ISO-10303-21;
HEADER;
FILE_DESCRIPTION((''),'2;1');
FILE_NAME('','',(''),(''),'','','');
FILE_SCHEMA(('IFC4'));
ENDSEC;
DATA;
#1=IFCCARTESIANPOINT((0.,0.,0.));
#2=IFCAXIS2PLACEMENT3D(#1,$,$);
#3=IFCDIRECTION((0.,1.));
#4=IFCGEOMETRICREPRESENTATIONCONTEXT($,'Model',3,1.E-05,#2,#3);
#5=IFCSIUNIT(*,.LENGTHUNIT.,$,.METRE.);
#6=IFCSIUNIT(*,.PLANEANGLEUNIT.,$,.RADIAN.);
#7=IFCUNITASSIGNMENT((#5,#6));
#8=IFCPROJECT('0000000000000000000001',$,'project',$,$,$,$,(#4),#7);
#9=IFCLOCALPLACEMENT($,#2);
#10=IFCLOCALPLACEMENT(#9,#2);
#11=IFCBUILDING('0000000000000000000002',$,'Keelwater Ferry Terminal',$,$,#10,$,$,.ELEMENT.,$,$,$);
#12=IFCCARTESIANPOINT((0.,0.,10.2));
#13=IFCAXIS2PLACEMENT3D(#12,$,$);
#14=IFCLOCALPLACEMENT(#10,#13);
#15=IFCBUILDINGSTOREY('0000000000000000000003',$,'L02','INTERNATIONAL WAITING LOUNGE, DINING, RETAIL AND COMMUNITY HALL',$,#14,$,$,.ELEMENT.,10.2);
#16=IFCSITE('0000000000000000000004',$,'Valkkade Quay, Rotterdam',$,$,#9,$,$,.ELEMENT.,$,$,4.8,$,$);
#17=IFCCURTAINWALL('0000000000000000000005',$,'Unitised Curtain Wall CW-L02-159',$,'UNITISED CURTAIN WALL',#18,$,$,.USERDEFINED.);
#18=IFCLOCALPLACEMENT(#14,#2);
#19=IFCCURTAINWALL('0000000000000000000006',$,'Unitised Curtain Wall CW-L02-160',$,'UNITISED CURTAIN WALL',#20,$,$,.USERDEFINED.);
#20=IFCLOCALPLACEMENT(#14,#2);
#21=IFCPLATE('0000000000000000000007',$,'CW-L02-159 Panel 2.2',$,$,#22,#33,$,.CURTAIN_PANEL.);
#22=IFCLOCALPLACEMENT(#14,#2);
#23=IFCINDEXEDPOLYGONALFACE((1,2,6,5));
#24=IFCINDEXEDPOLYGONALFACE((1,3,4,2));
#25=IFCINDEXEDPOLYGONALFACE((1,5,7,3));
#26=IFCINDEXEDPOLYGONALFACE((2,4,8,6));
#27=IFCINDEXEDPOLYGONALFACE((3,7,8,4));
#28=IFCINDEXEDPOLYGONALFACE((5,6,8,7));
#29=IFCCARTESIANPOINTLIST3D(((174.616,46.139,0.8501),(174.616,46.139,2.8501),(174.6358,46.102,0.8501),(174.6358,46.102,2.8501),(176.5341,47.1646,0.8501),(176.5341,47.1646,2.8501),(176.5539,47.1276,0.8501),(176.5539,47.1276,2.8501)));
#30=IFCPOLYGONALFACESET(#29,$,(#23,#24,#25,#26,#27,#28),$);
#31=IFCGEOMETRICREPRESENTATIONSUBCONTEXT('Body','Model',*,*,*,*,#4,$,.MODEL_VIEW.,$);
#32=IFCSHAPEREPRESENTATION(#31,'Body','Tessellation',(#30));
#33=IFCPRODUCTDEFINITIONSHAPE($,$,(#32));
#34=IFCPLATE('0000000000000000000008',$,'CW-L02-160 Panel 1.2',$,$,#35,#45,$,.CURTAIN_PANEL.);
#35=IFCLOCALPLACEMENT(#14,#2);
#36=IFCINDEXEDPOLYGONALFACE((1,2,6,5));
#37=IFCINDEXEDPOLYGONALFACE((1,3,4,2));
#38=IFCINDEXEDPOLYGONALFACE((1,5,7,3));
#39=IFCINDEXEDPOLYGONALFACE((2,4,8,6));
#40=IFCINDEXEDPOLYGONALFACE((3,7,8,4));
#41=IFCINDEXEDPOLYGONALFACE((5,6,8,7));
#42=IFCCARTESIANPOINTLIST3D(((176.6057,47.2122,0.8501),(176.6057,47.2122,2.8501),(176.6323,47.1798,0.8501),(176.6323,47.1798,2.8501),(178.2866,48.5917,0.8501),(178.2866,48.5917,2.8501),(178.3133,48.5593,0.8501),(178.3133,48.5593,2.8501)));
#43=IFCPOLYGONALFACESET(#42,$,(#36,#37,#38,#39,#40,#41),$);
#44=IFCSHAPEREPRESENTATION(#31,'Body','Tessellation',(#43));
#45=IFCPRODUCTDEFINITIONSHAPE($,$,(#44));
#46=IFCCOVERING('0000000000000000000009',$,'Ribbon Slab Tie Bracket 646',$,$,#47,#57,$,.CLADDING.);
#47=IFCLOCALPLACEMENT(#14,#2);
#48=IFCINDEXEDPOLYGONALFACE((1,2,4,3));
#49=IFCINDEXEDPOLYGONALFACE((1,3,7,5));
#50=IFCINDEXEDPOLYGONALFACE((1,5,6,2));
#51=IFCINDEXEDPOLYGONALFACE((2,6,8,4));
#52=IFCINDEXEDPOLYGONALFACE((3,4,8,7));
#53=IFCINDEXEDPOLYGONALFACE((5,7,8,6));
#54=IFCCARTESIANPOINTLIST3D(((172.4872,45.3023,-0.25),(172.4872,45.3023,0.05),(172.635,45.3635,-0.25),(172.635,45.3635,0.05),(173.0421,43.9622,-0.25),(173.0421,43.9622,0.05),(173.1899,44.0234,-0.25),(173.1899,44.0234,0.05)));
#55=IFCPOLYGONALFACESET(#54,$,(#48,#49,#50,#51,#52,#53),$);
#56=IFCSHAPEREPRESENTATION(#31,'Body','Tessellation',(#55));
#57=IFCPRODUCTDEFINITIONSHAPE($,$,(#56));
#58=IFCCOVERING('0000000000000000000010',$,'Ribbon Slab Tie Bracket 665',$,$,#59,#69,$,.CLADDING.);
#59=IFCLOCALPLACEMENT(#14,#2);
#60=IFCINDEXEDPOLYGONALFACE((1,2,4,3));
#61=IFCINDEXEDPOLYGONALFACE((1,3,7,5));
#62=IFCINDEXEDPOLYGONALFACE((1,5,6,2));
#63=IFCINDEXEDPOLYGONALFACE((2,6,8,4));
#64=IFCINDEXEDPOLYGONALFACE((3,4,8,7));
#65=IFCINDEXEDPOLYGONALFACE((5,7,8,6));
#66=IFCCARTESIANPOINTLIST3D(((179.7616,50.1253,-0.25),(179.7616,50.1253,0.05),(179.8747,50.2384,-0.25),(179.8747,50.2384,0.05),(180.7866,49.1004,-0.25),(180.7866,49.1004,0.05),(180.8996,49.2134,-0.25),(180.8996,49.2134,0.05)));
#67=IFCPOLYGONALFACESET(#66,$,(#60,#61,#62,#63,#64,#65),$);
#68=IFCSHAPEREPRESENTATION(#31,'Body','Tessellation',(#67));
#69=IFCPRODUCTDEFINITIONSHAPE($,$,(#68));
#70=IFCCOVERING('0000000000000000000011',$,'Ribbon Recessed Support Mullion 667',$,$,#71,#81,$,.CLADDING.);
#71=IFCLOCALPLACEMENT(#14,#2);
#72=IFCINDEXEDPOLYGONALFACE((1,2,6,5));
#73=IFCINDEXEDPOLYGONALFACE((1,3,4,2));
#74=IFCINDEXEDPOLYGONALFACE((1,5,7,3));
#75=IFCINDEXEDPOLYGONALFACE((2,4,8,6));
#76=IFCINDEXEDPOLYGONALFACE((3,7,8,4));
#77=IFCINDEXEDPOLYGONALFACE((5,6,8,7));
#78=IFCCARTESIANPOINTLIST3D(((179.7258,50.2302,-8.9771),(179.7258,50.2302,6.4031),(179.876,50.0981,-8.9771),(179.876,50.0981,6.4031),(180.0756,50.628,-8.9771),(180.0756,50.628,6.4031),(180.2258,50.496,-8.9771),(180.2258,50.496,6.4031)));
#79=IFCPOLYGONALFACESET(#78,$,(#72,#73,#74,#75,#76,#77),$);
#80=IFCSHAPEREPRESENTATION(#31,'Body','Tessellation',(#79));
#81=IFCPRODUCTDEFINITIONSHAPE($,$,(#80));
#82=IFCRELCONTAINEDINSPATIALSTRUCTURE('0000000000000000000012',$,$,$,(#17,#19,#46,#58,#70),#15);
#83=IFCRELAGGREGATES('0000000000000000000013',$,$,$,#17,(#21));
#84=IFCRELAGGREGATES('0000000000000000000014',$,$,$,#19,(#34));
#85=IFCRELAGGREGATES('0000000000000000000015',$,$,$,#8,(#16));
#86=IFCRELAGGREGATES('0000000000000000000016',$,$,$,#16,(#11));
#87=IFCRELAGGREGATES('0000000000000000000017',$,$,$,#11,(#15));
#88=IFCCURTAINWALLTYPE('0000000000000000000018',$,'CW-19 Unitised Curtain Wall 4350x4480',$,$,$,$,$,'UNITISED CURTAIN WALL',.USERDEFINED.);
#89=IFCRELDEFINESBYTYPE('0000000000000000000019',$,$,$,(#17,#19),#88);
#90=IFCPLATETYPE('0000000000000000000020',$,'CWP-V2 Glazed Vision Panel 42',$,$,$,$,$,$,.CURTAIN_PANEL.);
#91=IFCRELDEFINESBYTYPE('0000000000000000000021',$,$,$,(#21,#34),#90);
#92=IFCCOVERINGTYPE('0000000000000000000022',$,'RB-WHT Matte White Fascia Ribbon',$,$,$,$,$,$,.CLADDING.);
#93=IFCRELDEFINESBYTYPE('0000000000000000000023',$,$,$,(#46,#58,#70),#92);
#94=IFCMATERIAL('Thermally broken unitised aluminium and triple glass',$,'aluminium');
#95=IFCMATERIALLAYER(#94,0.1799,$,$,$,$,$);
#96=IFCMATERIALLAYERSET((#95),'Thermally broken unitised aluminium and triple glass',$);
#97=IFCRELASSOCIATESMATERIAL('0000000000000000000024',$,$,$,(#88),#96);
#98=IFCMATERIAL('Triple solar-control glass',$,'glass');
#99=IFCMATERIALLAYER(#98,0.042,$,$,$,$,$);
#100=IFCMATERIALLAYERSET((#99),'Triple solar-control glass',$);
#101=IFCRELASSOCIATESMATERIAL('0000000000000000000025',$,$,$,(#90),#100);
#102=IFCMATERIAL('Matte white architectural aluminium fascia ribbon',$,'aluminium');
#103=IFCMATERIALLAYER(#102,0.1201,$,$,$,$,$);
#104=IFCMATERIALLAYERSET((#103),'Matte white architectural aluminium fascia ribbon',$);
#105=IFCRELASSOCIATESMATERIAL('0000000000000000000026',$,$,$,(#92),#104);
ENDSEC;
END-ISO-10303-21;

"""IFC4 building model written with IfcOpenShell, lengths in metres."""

from ifc_helpers import new_model, si_unit, direction, frame, frame_2d, origin, origin_2d, place, context, subcontext, project, spatial, polyline, rectangle, outline, extrude, material, layer, layer_set, type_object, element, aggregate, save


model = new_model("IFC4")

# Units and contexts
model_context = context("Model", 3, precision=1e-05, world=origin(), true_north=direction((0.0, 1.0)))
body_context = subcontext(model_context, "Body", "Model", "MODEL_VIEW")
ifc_project = project(units=[si_unit("LENGTHUNIT", "METRE"), si_unit("PLANEANGLEUNIT", "RADIAN")], contexts=[model_context])

# Site, building, storey
site_placement = place(None, origin())
site = spatial("IfcSite", under=ifc_project, at=site_placement, Name="Valkkade Quay, Rotterdam", CompositionType="ELEMENT", RefElevation=4.8)
building_placement = place(site_placement, origin())
building = spatial("IfcBuilding", under=site, at=building_placement, Name="Keelwater Ferry Terminal", CompositionType="ELEMENT")
storey_placement = place(building_placement, frame((0.0, 0.0, 10.2)))
storey = spatial("IfcBuildingStorey", under=building, at=storey_placement, Name="L02", Description="INTERNATIONAL WAITING LOUNGE, DINING, RETAIL AND COMMUNITY HALL", CompositionType="ELEMENT", Elevation=10.2)

# Curtain walls
ifc_material_1 = material(Name="Thermally broken unitised aluminium and triple glass", Category="aluminium")
ifc_layer_1 = layer(ifc_material_1, 0.1799)
ifc_layer_set_1 = layer_set([ifc_layer_1], Name="Thermally broken unitised aluminium and triple glass")
curtain_wall_type = type_object("IfcCurtainWallType", Name="CW-19 Unitised Curtain Wall 4350x4480", ElementType="UNITISED CURTAIN WALL", PredefinedType="USERDEFINED", material=ifc_layer_set_1)
curtain_wall_1_placement = place(storey_placement, origin())
curtain_wall_1 = element("IfcCurtainWall", 1, at=curtain_wall_1_placement, inside=storey, type_object=curtain_wall_type, Name="Unitised Curtain Wall CW-L02-159", ObjectType="UNITISED CURTAIN WALL", PredefinedType="USERDEFINED")
curtain_wall_2_placement = place(storey_placement, origin())
curtain_wall_2 = element("IfcCurtainWall", 2, at=curtain_wall_2_placement, inside=storey, type_object=curtain_wall_type, Name="Unitised Curtain Wall CW-L02-160", ObjectType="UNITISED CURTAIN WALL", PredefinedType="USERDEFINED")

# Plates
ifc_material_2 = material(Name="Triple solar-control glass", Category="glass")
ifc_layer_2 = layer(ifc_material_2, 0.042)
ifc_layer_set_2 = layer_set([ifc_layer_2], Name="Triple solar-control glass")
plate_type_1 = type_object("IfcPlateType", Name="CWP-V2 Glazed Vision Panel 42", PredefinedType="CURTAIN_PANEL", material=ifc_layer_set_2)
plate_1_placement = place(storey_placement, frame((175.585, 46.6333, 0.8501), z_axis=(0.0, 0.0, 1.0), x_axis=(0.881862, 0.471507, 0.0)))
plate_1 = element("IfcPlate", 3, at=plate_1_placement, type_object=plate_type_1, Name="CW-L02-159 Panel 2.2", PredefinedType="CURTAIN_PANEL", context=body_context, shape_type="SweptSolid", body=[
    extrude(rectangle(XDim=2.175, YDim=0.042, at=origin_2d()), origin(), (0.0, 0.0, 1.0), 2.0),
])
aggregate(curtain_wall_1, [plate_1])
plate_2_placement = place(storey_placement, frame((177.4595, 47.8857, 0.8501), z_axis=(0.0, 0.0, 1.0), x_axis=(0.773024, 0.634377, 0.0)))
plate_2 = element("IfcPlate", 4, at=plate_2_placement, type_object=plate_type_1, Name="CW-L02-160 Panel 1.2", PredefinedType="CURTAIN_PANEL", context=body_context, shape_type="SweptSolid", body=[
    extrude(rectangle(XDim=2.1746, YDim=0.042, at=origin_2d()), origin(), (0.0, 0.0, 1.0), 2.0),
])
aggregate(curtain_wall_2, [plate_2])

# Coverings
ifc_material_3 = material(Name="Matte white architectural aluminium fascia ribbon", Category="aluminium")
ifc_layer_3 = layer(ifc_material_3, 0.1201)
ifc_layer_set_3 = layer_set([ifc_layer_3], Name="Matte white architectural aluminium fascia ribbon")
covering_type = type_object("IfcCoveringType", Name="RB-WHT Matte White Fascia Ribbon", PredefinedType="CLADDING", material=ifc_layer_set_3)
covering_1_placement = place(storey_placement, frame((173.116, 43.9929, -0.25), z_axis=(0.0, 0.0, 1.0), x_axis=(-0.382595, 0.923916, 0.0)))
element("IfcCovering", 5, at=covering_1_placement, inside=storey, type_object=covering_type, Name="Ribbon Slab Tie Bracket 646", PredefinedType="CLADDING", context=body_context, shape_type="SweptSolid", body=[
    extrude(rectangle(XDim=1.4504, YDim=0.1599, at=frame_2d((0.7251, 0.0))), origin(), (0.0, 0.0, 1.0), 0.3),
])
covering_2_placement = place(storey_placement, frame((180.843, 49.157, -0.25), z_axis=(0.0, 0.0, 1.0), x_axis=(-0.707107, 0.707107, 0.0)))
element("IfcCovering", 6, at=covering_2_placement, inside=storey, type_object=covering_type, Name="Ribbon Slab Tie Bracket 665", PredefinedType="CLADDING", context=body_context, shape_type="SweptSolid", body=[
    extrude(rectangle(XDim=1.4495, YDim=0.1599, at=frame_2d((0.7246, 0.0))), origin(), (0.0, 0.0, 1.0), 0.3),
])
covering_3_placement = place(storey_placement, frame((179.801, 50.1641, -8.9771), z_axis=(0.0, 0.0, 1.0), x_axis=(0.660264, 0.751033, 0.0)))
element("IfcCovering", 7, at=covering_3_placement, inside=storey, type_object=covering_type, Name="Ribbon Recessed Support Mullion 667", PredefinedType="CLADDING", context=body_context, shape_type="SweptSolid", body=[
    extrude(outline(polyline([(0.0, 0.0), (0.5298, 0.0), (0.5298, 15.3801), (0.0, 15.3801), (0.0, 0.0)])), frame((0.0, 0.1001, 0.0), z_axis=(0.0, -1.0, 0.0), x_axis=(1.0, 0.0, 0.0)), (0.0, 0.0, 1.0), 0.2),
])

save(model, "model.ifc")
